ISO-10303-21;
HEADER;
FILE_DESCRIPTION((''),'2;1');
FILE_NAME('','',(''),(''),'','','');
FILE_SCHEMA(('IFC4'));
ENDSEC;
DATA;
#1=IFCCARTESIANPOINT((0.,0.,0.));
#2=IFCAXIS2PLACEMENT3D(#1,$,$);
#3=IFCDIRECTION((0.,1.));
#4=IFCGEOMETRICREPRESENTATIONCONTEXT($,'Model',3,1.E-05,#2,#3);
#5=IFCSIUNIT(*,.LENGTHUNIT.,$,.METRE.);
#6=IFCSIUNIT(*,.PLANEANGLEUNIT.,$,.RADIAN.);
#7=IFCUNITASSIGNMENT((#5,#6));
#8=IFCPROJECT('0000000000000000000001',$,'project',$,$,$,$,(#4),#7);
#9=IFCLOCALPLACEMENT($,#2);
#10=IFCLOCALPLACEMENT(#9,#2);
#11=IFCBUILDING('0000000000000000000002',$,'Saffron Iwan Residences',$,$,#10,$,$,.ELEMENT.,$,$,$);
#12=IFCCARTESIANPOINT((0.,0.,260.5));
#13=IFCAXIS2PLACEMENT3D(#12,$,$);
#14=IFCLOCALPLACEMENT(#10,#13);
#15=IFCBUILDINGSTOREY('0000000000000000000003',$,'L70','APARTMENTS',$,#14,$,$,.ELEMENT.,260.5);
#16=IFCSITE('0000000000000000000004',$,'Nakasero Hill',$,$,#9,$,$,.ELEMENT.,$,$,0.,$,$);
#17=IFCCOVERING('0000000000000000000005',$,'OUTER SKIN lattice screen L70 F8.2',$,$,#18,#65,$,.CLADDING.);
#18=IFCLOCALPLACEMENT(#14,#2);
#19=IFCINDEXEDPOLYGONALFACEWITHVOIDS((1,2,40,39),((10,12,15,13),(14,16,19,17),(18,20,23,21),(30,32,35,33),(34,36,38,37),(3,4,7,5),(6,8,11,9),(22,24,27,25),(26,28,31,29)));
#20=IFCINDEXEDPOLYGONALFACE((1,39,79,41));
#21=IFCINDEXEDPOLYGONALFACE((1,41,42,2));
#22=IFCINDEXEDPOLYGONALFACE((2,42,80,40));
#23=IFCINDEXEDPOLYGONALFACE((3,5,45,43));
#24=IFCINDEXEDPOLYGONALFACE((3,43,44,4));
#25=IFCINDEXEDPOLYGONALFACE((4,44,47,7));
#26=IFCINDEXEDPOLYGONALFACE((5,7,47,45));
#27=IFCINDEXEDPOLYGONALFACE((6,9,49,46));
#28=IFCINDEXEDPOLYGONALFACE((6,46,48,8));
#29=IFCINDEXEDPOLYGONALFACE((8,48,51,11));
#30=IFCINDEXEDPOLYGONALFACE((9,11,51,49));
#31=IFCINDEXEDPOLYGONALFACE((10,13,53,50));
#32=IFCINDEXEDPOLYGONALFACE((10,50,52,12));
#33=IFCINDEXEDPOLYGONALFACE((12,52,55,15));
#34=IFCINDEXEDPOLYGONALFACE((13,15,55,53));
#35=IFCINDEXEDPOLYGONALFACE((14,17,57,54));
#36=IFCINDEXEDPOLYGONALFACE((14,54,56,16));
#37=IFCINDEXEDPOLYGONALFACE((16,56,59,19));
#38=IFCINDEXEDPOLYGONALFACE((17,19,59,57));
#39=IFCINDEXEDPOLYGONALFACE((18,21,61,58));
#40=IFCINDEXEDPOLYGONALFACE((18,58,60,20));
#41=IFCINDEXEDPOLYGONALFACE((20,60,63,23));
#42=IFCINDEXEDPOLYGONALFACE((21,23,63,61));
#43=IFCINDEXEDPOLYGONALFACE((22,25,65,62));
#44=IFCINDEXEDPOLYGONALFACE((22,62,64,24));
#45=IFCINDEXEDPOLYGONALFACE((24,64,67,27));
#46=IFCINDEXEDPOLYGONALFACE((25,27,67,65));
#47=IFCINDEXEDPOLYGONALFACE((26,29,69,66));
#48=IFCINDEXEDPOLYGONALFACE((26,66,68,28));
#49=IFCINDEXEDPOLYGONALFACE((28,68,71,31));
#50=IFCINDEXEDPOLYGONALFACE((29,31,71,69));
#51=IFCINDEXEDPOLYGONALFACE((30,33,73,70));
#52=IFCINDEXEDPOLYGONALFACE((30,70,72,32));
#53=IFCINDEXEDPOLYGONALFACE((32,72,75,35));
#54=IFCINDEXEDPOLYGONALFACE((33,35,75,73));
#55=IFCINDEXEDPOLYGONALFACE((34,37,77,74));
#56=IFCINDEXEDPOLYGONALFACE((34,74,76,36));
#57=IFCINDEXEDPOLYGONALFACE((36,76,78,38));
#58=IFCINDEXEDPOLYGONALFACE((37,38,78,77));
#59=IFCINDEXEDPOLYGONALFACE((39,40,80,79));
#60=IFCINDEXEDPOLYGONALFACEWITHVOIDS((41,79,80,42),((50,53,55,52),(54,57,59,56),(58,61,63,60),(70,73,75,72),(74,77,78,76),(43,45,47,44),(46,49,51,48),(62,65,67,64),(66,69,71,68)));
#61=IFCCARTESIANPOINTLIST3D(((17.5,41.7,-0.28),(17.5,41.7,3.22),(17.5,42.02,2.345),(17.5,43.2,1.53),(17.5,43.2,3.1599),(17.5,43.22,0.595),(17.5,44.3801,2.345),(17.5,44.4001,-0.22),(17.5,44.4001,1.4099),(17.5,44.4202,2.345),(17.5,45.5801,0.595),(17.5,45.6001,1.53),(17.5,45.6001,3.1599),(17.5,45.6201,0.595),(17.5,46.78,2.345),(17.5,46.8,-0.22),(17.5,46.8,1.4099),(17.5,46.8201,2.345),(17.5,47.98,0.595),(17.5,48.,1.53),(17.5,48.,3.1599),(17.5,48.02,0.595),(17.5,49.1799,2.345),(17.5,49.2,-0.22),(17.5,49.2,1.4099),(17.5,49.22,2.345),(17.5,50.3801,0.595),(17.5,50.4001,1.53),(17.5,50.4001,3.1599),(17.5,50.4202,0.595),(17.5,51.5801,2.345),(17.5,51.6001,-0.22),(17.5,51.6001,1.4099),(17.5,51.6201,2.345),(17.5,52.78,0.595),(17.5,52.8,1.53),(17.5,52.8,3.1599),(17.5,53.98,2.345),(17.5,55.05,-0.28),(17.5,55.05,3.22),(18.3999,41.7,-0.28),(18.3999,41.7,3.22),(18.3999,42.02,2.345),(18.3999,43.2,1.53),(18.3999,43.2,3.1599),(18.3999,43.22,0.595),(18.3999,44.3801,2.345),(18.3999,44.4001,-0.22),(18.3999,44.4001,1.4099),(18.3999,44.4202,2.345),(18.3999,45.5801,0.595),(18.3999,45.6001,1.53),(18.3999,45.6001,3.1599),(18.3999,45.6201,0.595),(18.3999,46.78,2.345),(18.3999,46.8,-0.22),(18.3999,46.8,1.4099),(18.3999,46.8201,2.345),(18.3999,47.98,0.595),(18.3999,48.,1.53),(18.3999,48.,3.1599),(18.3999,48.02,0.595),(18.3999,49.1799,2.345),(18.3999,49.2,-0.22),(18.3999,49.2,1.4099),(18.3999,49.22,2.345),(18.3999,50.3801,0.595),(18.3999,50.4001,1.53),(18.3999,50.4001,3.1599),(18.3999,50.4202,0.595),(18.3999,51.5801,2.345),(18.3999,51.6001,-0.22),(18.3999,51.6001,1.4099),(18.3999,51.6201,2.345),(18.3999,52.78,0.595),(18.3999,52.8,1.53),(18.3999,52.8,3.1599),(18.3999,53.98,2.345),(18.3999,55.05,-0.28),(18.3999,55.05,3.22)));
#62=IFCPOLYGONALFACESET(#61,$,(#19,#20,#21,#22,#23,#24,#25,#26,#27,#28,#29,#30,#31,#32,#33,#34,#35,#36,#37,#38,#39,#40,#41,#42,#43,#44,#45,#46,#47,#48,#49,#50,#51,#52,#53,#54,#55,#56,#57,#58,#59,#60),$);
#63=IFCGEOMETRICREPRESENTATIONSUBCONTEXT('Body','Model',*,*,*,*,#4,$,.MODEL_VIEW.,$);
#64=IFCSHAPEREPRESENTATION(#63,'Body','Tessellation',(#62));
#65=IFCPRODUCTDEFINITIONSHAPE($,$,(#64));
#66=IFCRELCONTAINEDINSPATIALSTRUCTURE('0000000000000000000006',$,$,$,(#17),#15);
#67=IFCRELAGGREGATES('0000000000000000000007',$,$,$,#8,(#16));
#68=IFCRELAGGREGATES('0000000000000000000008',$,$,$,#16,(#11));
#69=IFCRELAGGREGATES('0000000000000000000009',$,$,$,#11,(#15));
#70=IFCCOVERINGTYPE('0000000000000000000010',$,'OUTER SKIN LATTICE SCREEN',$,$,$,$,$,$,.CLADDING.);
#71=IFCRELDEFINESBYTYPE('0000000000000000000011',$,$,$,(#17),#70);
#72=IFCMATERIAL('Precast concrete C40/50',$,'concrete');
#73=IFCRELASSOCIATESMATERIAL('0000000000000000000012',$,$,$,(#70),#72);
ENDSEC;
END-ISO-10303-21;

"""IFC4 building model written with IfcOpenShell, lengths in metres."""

from ifc_helpers import new_model, si_unit, direction, frame, origin, place, context, subcontext, project, spatial, polyline, outline, extrude, material, type_object, element, save


model = new_model("IFC4")

# Units and contexts
model_context = context("Model", 3, precision=1e-05, world=origin(), true_north=direction((0.0, 1.0)))
body_context = subcontext(model_context, "Body", "Model", "MODEL_VIEW")
ifc_project = project(units=[si_unit("LENGTHUNIT", "METRE"), si_unit("PLANEANGLEUNIT", "RADIAN")], contexts=[model_context])

# Site, building, storey
site_placement = place(None, origin())
site = spatial("IfcSite", under=ifc_project, at=site_placement, Name="Nakasero Hill", CompositionType="ELEMENT", RefElevation=0.0)
building_placement = place(site_placement, origin())
building = spatial("IfcBuilding", under=site, at=building_placement, Name="Saffron Iwan Residences", CompositionType="ELEMENT")
storey_placement = place(building_placement, frame((0.0, 0.0, 260.5)))
storey = spatial("IfcBuildingStorey", under=building, at=storey_placement, Name="L70", Description="APARTMENTS", CompositionType="ELEMENT", Elevation=260.5)

# Covering
ifc_material_1 = material(Name="Precast concrete C40/50", Category="concrete")
covering_type = type_object("IfcCoveringType", Name="OUTER SKIN LATTICE SCREEN", PredefinedType="CLADDING", material=ifc_material_1)
covering_placement = place(storey_placement, frame((18.3999, 55.05, -0.28), z_axis=(-1.0, 0.0, 0.0), x_axis=(0.0, -1.0, 0.0)))
element("IfcCovering", 1, at=covering_placement, inside=storey, type_object=covering_type, Name="OUTER SKIN lattice screen L70 F8.2", PredefinedType="CLADDING", context=body_context, shape_type="SweptSolid", body=[
    extrude(outline(polyline([(0.0, 0.0), (13.3501, 0.0), (13.3501, 3.5), (0.0, 3.5), (0.0, 0.0)]), holes=[polyline([(2.27, 0.875), (3.45, 0.0601), (4.6299, 0.875), (3.45, 1.6899), (2.27, 0.875)]), polyline([(4.6699, 0.875), (5.8501, 0.0601), (7.03, 0.875), (5.8501, 1.6899), (4.6699, 0.875)]), polyline([(7.0701, 0.875), (8.25, 0.0601), (9.4299, 0.875), (8.25, 1.6899), (7.0701, 0.875)]), polyline([(9.47, 0.875), (10.6499, 0.0601), (11.8301, 0.875), (10.6499, 1.6899), (9.47, 0.875)]), polyline([(1.0701, 2.625), (2.25, 1.8101), (3.4299, 2.625), (2.25, 3.4399), (1.0701, 2.625)]), polyline([(3.47, 2.625), (4.6499, 1.8101), (5.8301, 2.625), (4.6499, 3.4399), (3.47, 2.625)]), polyline([(5.8701, 2.625), (7.05, 1.8101), (8.23, 2.625), (7.05, 3.4399), (5.8701, 2.625)]), polyline([(8.27, 2.625), (9.45, 1.8101), (10.6299, 2.625), (9.45, 3.4399), (8.27, 2.625)]), polyline([(10.6699, 2.625), (11.8501, 1.8101), (13.03, 2.625), (11.8501, 3.4399), (10.6699, 2.625)])]), origin(), (0.0, 0.0, 1.0), 0.8999),
])

save(model, "model.ifc")
